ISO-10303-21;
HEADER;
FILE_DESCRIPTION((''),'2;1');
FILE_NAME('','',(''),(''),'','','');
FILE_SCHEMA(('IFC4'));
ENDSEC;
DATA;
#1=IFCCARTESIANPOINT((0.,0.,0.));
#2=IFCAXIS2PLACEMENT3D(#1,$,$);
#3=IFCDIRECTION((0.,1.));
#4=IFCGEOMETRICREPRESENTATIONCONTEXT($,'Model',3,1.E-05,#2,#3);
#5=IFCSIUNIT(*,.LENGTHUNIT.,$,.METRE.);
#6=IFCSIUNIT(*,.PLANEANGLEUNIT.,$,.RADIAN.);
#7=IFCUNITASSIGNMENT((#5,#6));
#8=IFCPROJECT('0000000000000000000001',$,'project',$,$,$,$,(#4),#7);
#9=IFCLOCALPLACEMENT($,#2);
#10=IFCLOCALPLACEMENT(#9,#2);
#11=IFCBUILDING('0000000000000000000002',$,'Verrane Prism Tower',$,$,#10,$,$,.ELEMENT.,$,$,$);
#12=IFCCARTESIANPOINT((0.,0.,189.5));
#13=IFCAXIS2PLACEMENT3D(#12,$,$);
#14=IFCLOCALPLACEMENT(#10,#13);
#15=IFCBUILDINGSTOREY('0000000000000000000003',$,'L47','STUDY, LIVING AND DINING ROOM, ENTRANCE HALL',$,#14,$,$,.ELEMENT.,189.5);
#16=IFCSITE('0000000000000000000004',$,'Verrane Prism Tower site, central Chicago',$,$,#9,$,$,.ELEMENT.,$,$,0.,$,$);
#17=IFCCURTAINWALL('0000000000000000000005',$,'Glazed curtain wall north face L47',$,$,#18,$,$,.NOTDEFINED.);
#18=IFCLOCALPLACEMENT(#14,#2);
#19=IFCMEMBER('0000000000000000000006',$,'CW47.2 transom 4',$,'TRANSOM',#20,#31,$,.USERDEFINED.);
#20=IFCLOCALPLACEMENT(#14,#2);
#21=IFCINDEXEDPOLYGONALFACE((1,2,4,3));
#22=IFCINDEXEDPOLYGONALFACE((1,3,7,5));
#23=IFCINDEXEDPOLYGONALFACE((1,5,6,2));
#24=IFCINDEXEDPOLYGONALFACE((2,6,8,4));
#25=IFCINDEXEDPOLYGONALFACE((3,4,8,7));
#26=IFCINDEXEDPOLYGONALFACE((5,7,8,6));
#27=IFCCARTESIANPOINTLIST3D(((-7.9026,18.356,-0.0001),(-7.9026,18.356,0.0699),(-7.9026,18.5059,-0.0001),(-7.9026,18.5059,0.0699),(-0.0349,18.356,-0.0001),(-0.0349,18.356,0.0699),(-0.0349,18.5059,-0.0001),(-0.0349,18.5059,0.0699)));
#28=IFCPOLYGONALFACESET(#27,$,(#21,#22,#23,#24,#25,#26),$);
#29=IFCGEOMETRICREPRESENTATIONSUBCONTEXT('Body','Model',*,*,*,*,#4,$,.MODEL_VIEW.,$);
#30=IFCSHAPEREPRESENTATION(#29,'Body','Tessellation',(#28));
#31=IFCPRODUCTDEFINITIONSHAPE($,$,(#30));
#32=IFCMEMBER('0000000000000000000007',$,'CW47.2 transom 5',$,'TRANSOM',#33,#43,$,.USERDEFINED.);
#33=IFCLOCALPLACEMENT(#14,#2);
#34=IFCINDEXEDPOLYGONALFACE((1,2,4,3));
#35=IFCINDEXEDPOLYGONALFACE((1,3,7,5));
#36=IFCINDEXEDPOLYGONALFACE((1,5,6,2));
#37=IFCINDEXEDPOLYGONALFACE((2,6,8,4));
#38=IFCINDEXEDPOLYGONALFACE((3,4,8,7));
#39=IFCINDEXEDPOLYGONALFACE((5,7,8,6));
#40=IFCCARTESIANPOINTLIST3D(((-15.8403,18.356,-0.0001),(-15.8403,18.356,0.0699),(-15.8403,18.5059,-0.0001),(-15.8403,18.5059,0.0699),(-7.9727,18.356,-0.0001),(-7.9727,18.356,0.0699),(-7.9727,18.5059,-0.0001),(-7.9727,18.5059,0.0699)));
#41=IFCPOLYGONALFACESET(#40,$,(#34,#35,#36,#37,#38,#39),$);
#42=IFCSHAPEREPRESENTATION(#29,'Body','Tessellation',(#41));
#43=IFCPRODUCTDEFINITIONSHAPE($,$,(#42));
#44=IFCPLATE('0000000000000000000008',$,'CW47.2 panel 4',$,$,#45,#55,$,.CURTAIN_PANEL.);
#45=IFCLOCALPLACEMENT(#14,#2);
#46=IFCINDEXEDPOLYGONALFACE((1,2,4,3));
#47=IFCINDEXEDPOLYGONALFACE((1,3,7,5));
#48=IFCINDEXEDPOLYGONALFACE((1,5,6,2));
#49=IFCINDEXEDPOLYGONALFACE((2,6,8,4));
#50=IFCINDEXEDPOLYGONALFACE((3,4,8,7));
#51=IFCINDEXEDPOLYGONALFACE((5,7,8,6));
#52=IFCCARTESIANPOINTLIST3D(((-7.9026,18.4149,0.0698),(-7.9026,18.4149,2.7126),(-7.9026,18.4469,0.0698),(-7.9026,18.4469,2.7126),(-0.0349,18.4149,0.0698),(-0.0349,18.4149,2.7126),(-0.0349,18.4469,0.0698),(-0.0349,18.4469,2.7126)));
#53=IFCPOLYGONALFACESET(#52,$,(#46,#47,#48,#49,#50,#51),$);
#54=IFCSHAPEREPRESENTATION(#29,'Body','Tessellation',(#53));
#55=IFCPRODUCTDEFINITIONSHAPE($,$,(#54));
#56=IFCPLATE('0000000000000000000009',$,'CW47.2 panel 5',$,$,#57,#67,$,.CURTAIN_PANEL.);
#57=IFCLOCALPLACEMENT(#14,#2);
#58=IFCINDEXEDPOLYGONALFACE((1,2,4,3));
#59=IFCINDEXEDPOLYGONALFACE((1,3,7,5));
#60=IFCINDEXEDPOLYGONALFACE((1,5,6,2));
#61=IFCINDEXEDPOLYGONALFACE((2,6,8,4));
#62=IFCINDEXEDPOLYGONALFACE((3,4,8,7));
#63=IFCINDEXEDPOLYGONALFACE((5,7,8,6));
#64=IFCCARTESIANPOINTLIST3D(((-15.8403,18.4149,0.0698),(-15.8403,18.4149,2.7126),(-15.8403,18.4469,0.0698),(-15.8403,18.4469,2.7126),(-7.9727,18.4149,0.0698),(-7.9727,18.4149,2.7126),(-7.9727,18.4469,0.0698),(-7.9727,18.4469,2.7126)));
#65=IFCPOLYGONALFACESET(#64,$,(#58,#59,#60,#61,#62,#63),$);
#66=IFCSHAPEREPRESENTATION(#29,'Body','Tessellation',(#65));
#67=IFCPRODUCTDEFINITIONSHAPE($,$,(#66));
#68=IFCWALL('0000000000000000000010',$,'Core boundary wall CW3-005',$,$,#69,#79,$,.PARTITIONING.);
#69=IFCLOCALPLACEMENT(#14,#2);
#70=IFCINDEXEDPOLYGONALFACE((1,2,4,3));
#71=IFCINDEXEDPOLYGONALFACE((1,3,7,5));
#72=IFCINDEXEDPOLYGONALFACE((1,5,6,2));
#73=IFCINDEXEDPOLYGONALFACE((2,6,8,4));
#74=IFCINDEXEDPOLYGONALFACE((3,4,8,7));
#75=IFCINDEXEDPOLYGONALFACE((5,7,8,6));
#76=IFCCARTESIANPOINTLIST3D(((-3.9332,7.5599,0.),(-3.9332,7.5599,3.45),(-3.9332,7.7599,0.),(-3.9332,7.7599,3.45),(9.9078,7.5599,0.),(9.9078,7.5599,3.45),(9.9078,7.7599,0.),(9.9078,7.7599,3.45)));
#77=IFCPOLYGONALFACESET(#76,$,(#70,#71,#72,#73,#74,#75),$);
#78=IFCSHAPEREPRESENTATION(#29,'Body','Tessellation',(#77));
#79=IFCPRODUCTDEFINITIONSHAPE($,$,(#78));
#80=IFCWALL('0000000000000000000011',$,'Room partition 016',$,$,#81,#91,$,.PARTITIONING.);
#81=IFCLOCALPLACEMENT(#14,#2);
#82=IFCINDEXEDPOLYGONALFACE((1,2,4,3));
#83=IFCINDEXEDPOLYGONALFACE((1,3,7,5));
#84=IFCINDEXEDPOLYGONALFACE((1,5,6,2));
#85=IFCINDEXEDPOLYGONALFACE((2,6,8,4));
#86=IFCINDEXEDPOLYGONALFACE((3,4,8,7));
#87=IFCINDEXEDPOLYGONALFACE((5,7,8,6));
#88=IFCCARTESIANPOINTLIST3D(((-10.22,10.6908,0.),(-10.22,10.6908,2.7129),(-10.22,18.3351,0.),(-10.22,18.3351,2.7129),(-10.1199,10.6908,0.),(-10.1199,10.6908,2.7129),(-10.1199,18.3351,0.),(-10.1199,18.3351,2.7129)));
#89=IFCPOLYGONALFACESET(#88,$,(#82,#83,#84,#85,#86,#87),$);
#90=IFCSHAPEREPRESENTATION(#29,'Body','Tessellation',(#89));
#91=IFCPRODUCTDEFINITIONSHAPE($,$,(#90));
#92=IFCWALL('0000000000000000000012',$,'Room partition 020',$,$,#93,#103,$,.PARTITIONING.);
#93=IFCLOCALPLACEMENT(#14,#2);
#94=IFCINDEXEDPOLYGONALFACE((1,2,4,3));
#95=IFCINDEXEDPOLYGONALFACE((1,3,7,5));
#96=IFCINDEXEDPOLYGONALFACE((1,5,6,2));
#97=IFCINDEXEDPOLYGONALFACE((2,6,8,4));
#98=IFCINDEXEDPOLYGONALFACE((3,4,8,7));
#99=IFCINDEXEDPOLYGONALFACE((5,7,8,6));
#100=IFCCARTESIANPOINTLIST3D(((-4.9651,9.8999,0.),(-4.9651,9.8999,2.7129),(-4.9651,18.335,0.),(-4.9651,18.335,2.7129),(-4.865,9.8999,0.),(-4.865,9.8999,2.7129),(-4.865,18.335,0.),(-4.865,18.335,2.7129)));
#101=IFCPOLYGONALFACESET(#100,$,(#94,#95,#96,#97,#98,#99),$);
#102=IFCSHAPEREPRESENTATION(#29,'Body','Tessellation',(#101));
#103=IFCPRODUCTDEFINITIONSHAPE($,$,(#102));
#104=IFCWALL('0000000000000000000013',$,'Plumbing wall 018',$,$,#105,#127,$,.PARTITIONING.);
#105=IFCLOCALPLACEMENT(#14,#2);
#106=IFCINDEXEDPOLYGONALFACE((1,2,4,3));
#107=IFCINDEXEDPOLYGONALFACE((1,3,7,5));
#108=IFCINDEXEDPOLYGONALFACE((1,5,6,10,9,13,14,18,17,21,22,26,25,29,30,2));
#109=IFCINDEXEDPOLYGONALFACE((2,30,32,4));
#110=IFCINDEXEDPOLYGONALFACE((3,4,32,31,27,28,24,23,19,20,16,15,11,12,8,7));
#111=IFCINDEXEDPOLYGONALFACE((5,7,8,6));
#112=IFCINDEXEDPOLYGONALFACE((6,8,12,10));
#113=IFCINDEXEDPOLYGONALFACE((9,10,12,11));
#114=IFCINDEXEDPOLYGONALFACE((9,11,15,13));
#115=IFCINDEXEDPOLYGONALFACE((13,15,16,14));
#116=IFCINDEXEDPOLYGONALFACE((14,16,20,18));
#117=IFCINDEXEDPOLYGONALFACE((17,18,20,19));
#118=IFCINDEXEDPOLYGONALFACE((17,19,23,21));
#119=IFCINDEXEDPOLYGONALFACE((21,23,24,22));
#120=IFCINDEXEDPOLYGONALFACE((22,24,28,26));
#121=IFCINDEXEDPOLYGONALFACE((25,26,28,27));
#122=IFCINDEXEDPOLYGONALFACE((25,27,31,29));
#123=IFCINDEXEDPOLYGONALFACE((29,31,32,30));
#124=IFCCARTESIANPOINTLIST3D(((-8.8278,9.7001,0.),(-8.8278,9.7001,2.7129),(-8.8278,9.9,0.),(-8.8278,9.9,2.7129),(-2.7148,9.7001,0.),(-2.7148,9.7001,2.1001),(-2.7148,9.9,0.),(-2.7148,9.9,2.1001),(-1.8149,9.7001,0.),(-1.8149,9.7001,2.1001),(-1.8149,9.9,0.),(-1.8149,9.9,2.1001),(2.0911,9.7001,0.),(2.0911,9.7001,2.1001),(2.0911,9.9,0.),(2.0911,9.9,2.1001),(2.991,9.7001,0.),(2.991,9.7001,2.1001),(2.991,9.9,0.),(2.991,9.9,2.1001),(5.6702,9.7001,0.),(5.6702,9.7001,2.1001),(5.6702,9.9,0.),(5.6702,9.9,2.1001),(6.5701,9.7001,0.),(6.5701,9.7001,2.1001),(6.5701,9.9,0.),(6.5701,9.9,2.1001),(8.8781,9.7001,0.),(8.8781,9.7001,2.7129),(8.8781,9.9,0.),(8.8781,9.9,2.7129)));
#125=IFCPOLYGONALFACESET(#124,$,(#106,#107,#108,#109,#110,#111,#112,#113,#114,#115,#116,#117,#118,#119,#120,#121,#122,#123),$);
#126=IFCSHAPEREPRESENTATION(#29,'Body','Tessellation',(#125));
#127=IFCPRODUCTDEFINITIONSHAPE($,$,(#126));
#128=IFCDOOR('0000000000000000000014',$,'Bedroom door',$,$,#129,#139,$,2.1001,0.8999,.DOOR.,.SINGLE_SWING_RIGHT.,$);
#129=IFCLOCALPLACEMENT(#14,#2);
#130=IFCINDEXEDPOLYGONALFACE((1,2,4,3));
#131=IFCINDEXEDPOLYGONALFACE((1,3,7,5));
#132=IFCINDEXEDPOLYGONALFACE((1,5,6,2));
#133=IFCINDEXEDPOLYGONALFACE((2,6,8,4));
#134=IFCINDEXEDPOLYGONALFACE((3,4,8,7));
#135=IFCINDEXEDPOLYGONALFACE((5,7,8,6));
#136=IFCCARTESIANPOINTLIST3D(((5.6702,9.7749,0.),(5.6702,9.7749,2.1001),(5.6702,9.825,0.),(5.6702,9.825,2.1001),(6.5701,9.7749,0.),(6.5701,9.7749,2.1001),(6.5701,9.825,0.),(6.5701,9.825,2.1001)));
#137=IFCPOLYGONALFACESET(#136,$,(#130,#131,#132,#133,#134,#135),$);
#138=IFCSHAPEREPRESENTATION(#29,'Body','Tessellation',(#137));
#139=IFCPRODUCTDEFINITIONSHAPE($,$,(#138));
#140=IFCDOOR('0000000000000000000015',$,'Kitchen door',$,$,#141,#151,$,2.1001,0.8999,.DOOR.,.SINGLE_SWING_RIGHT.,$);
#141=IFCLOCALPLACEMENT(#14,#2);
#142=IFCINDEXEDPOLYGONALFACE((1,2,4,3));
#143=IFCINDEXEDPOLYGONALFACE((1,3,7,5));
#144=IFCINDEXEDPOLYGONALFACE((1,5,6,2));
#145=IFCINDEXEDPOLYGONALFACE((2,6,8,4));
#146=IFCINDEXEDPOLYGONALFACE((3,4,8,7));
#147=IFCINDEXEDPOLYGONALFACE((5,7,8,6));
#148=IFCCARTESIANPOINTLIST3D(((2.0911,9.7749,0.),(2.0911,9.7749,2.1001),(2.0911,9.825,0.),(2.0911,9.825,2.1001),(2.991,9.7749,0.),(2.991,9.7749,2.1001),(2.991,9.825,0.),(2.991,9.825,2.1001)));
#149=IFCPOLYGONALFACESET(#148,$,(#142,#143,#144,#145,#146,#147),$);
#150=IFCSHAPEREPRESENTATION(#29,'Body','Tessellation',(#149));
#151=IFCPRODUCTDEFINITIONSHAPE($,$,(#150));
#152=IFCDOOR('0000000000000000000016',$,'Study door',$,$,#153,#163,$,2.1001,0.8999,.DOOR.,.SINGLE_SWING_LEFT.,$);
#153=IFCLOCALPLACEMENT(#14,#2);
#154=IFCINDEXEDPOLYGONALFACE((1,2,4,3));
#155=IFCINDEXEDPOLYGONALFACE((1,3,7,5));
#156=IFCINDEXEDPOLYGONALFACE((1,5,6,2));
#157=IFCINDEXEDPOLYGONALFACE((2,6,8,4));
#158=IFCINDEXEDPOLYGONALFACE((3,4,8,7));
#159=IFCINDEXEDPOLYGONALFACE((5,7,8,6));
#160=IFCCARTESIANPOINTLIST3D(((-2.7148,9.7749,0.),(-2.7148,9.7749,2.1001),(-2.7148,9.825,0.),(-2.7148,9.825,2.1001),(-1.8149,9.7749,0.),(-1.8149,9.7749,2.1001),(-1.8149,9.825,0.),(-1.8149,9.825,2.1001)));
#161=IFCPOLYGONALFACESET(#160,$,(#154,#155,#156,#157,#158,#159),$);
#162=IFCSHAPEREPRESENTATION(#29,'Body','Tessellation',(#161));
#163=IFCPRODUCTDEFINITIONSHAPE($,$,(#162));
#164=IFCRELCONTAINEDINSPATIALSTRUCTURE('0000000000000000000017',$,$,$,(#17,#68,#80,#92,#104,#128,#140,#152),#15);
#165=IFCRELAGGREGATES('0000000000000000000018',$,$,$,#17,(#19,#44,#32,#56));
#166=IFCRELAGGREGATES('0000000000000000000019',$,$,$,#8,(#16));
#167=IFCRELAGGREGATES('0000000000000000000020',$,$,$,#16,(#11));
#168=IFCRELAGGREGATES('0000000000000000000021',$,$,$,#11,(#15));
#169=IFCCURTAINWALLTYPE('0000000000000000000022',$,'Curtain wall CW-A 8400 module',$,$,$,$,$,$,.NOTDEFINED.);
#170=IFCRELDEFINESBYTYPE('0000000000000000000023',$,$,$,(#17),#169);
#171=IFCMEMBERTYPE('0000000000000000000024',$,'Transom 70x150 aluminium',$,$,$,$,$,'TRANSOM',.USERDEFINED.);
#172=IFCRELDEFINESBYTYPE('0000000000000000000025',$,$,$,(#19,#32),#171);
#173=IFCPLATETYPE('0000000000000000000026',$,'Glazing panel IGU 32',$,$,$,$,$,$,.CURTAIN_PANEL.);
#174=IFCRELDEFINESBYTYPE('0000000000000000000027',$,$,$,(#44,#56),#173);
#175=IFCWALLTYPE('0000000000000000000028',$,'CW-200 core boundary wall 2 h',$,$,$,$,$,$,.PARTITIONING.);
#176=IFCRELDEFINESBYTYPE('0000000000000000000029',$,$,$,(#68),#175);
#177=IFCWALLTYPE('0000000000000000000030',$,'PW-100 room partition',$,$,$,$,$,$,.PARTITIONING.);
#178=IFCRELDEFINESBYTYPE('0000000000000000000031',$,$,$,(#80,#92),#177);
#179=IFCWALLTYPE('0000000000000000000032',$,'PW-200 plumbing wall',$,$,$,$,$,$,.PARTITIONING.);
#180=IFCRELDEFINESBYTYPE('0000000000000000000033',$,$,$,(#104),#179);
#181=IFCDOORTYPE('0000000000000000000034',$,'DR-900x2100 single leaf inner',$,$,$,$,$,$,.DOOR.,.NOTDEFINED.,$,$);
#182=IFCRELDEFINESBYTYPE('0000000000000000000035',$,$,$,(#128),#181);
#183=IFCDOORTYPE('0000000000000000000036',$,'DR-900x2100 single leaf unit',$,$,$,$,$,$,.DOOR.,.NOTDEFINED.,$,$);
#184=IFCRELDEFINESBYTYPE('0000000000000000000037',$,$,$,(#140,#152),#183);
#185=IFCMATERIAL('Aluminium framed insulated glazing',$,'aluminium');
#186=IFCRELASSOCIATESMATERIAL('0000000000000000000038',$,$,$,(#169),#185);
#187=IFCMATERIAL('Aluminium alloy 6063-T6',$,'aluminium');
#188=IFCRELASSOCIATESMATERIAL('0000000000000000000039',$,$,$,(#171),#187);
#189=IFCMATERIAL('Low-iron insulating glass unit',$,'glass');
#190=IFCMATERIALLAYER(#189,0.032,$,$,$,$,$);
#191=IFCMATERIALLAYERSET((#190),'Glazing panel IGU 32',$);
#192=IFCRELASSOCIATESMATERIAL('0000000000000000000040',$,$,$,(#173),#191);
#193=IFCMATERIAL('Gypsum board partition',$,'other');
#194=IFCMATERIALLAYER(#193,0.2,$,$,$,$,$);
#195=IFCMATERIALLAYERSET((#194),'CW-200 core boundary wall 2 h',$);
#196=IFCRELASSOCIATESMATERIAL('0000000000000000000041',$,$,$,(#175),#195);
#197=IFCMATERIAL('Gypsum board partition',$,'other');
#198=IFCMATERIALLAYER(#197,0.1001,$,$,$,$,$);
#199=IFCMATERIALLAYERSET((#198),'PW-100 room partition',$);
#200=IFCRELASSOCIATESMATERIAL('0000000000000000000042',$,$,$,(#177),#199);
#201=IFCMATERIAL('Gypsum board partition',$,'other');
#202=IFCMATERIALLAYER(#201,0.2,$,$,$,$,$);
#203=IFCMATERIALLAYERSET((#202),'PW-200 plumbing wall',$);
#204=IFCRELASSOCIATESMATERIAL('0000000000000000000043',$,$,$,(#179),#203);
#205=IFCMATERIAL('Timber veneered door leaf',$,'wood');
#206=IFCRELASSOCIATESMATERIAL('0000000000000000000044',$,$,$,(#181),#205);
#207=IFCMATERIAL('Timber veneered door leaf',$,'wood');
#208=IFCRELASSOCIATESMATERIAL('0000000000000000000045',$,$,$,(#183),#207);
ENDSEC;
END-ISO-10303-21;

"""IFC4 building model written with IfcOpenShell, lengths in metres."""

from ifc_helpers import new_model, si_unit, direction, frame, frame_2d, origin, origin_2d, place, context, subcontext, project, spatial, rectangle, extrude, material, layer, layer_set, material_profile, profile_set, type_object, element, fill, aggregate, save


model = new_model("IFC4")

# Units and contexts
model_context = context("Model", 3, precision=1e-05, world=origin(), true_north=direction((0.0, 1.0)))
body_context = subcontext(model_context, "Body", "Model", "MODEL_VIEW")
ifc_project = project(units=[si_unit("LENGTHUNIT", "METRE"), si_unit("PLANEANGLEUNIT", "RADIAN")], contexts=[model_context])

# Site, building, storey
site_placement = place(None, origin())
site = spatial("IfcSite", under=ifc_project, at=site_placement, Name="Verrane Prism Tower site, central Chicago", CompositionType="ELEMENT", RefElevation=0.0)
building_placement = place(site_placement, origin())
building = spatial("IfcBuilding", under=site, at=building_placement, Name="Verrane Prism Tower", CompositionType="ELEMENT")
storey_placement = place(building_placement, frame((0.0, 0.0, 189.5)))
storey = spatial("IfcBuildingStorey", under=building, at=storey_placement, Name="L47", Description="STUDY, LIVING AND DINING ROOM, ENTRANCE HALL", CompositionType="ELEMENT", Elevation=189.5)

# Curtain wall
ifc_material_1 = material(Name="Aluminium framed insulated glazing", Category="aluminium")
curtain_wall_type = type_object("IfcCurtainWallType", Name="Curtain wall CW-A 8400 module", PredefinedType="NOTDEFINED", material=ifc_material_1)
curtain_wall_placement = place(storey_placement, origin())
curtain_wall = element("IfcCurtainWall", 1, at=curtain_wall_placement, inside=storey, type_object=curtain_wall_type, Name="Glazed curtain wall north face L47", PredefinedType="NOTDEFINED")

# Members
ifc_material_2 = material(Name="Aluminium alloy 6063-T6", Category="aluminium")
ifc_material_profile_1 = material_profile(ifc_material_2, rectangle(XDim=0.1499, YDim=0.0701, at=origin_2d()), Name="Transom 70x150 aluminium")
ifc_profile_set_1 = profile_set([ifc_material_profile_1], Name="Aluminium alloy 6063-T6")
member_type_1 = type_object("IfcMemberType", Name="Transom 70x150 aluminium", ElementType="TRANSOM", PredefinedType="USERDEFINED", material=ifc_profile_set_1)
member_1_placement = place(storey_placement, frame((-0.0349, 18.4309, 0.0349), z_axis=(-1.0, 0.0, 0.0), x_axis=(0.0, -1.0, 0.0)))
member_1 = element("IfcMember", 2, at=member_1_placement, type_object=member_type_1, Name="CW47.2 transom 4", ObjectType="TRANSOM", PredefinedType="USERDEFINED", context=body_context, shape_type="SweptSolid", body=[
    extrude(rectangle(XDim=0.1499, YDim=0.0701, at=origin_2d()), origin(), (0.0, 0.0, 1.0), 7.8677),
])
member_2_placement = place(storey_placement, frame((-7.9727, 18.4309, 0.0349), z_axis=(-1.0, 0.0, 0.0), x_axis=(0.0, -1.0, 0.0)))
member_2 = element("IfcMember", 3, at=member_2_placement, type_object=member_type_1, Name="CW47.2 transom 5", ObjectType="TRANSOM", PredefinedType="USERDEFINED", context=body_context, shape_type="SweptSolid", body=[
    extrude(rectangle(XDim=0.1499, YDim=0.0701, at=origin_2d()), origin(), (0.0, 0.0, 1.0), 7.8677),
])

# Plates
ifc_material_3 = material(Name="Low-iron insulating glass unit", Category="glass")
ifc_layer_1 = layer(ifc_material_3, 0.032)
ifc_layer_set_1 = layer_set([ifc_layer_1], Name="Glazing panel IGU 32")
plate_type = type_object("IfcPlateType", Name="Glazing panel IGU 32", PredefinedType="CURTAIN_PANEL", material=ifc_layer_set_1)
plate_1_placement = place(storey_placement, frame((-3.9688, 18.4309, 0.0698), z_axis=(0.0, 0.0, 1.0), x_axis=(-1.0, 0.0, 0.0)))
plate_1 = element("IfcPlate", 4, at=plate_1_placement, type_object=plate_type, Name="CW47.2 panel 4", PredefinedType="CURTAIN_PANEL", context=body_context, shape_type="SweptSolid", body=[
    extrude(rectangle(XDim=7.8677, YDim=0.032, at=origin_2d()), origin(), (0.0, 0.0, 1.0), 2.6428),
])
plate_2_placement = place(storey_placement, frame((-11.9065, 18.4309, 0.0698), z_axis=(0.0, 0.0, 1.0), x_axis=(-1.0, 0.0, 0.0)))
plate_2 = element("IfcPlate", 5, at=plate_2_placement, type_object=plate_type, Name="CW47.2 panel 5", PredefinedType="CURTAIN_PANEL", context=body_context, shape_type="SweptSolid", body=[
    extrude(rectangle(XDim=7.8677, YDim=0.032, at=origin_2d()), origin(), (0.0, 0.0, 1.0), 2.6428),
])
aggregate(curtain_wall, [member_1, plate_1, member_2, plate_2])

# Walls
ifc_material_4 = material(Name="Gypsum board partition", Category="other")
ifc_layer_2 = layer(ifc_material_4, 0.2)
ifc_layer_set_2 = layer_set([ifc_layer_2], Name="CW-200 core boundary wall 2 h")
wall_type_1 = type_object("IfcWallType", Name="CW-200 core boundary wall 2 h", PredefinedType="PARTITIONING", material=ifc_layer_set_2)
wall_1_placement = place(storey_placement, frame((-3.9331, 7.6599, 0.0), z_axis=(0.0, 0.0, 1.0), x_axis=(1.0, 0.0, 0.0)))
element("IfcWall", 6, at=wall_1_placement, inside=storey, type_object=wall_type_1, Name="Core boundary wall CW3-005", PredefinedType="PARTITIONING", context=body_context, shape_type="SweptSolid", body=[
    extrude(rectangle(XDim=13.8411, YDim=0.2, at=frame_2d((6.9204, 0.0))), origin(), (0.0, 0.0, 1.0), 3.45),
])
ifc_material_5 = material(Name="Gypsum board partition", Category="other")
ifc_layer_3 = layer(ifc_material_5, 0.1001)
ifc_layer_set_3 = layer_set([ifc_layer_3], Name="PW-100 room partition")
wall_type_2 = type_object("IfcWallType", Name="PW-100 room partition", PredefinedType="PARTITIONING", material=ifc_layer_set_3)
wall_2_placement = place(storey_placement, frame((-10.1699, 10.6907, 0.0), z_axis=(0.0, 0.0, 1.0), x_axis=(0.0, 1.0, 0.0)))
element("IfcWall", 7, at=wall_2_placement, inside=storey, type_object=wall_type_2, Name="Room partition 016", PredefinedType="PARTITIONING", context=body_context, shape_type="SweptSolid", body=[
    extrude(rectangle(XDim=7.6443, YDim=0.1001, at=frame_2d((3.8223, 0.0))), origin(), (0.0, 0.0, 1.0), 2.7129),
])
wall_3_placement = place(storey_placement, frame((-4.915, 9.8999, 0.0), z_axis=(0.0, 0.0, 1.0), x_axis=(0.0, 1.0, 0.0)))
element("IfcWall", 8, at=wall_3_placement, inside=storey, type_object=wall_type_2, Name="Room partition 020", PredefinedType="PARTITIONING", context=body_context, shape_type="SweptSolid", body=[
    extrude(rectangle(XDim=8.4351, YDim=0.1001, at=frame_2d((4.2175, 0.0))), origin(), (0.0, 0.0, 1.0), 2.7129),
])

# Wall, openings, doors
ifc_material_6 = material(Name="Gypsum board partition", Category="other")
ifc_layer_4 = layer(ifc_material_6, 0.2)
ifc_layer_set_4 = layer_set([ifc_layer_4], Name="PW-200 plumbing wall")
wall_type_3 = type_object("IfcWallType", Name="PW-200 plumbing wall", PredefinedType="PARTITIONING", material=ifc_layer_set_4)
wall_4_placement = place(storey_placement, frame((-8.8279, 9.8, 0.0), z_axis=(0.0, 0.0, 1.0), x_axis=(1.0, 0.0, 0.0)))
wall_4 = element("IfcWall", 9, at=wall_4_placement, inside=storey, type_object=wall_type_3, Name="Plumbing wall 018", PredefinedType="PARTITIONING", context=body_context, shape_type="SweptSolid", body=[
    extrude(rectangle(XDim=17.7058, YDim=0.2, at=frame_2d((8.853, 0.0))), origin(), (0.0, 0.0, 1.0), 2.7129),
])
opening_1_placement = place(wall_4_placement, frame((14.498, 0.0, 0.0)))
opening_1 = element("IfcOpeningElement", 10, at=opening_1_placement, cuts=wall_4, PredefinedType="OPENING", context=body_context, shape_type="SweptSolid", body=[
    extrude(rectangle(XDim=0.8999, YDim=2.1001, at=frame_2d((0.45, 1.05))), frame((0.0, 0.1099, 0.0), z_axis=(0.0, -1.0, 0.0), x_axis=(1.0, 0.0, 0.0)), (0.0, 0.0, 1.0), 0.22),
])
opening_2_placement = place(wall_4_placement, frame((10.9189, 0.0, 0.0)))
opening_2 = element("IfcOpeningElement", 11, at=opening_2_placement, cuts=wall_4, PredefinedType="OPENING", context=body_context, shape_type="SweptSolid", body=[
    extrude(rectangle(XDim=0.8999, YDim=2.1001, at=frame_2d((0.45, 1.05))), frame((0.0, 0.1099, 0.0), z_axis=(0.0, -1.0, 0.0), x_axis=(1.0, 0.0, 0.0)), (0.0, 0.0, 1.0), 0.22),
])
opening_3_placement = place(wall_4_placement, frame((6.113, 0.0, 0.0)))
opening_3 = element("IfcOpeningElement", 12, at=opening_3_placement, cuts=wall_4, PredefinedType="OPENING", context=body_context, shape_type="SweptSolid", body=[
    extrude(rectangle(XDim=0.8999, YDim=2.1001, at=frame_2d((0.45, 1.05))), frame((0.0, 0.1099, 0.0), z_axis=(0.0, -1.0, 0.0), x_axis=(1.0, 0.0, 0.0)), (0.0, 0.0, 1.0), 0.22),
])
ifc_material_7 = material(Name="Timber veneered door leaf", Category="wood")
door_type_1 = type_object("IfcDoorType", Name="DR-900x2100 single leaf inner", OperationType="NOTDEFINED", PredefinedType="DOOR", material=ifc_material_7)
door_1_placement = place(opening_1_placement, origin())
door_1 = element("IfcDoor", 13, at=door_1_placement, inside=storey, type_object=door_type_1, Name="Bedroom door", OperationType="SINGLE_SWING_RIGHT", OverallHeight=2.1001, OverallWidth=0.8999, PredefinedType="DOOR", context=body_context, shape_type="SweptSolid", body=[
    extrude(rectangle(XDim=0.8999, YDim=2.1001, at=frame_2d((0.45, 1.05))), frame((0.0, 0.0249, 0.0), z_axis=(0.0, -1.0, 0.0), x_axis=(1.0, 0.0, 0.0)), (0.0, 0.0, 1.0), 0.05),
])
fill(opening_1, door_1)
ifc_material_8 = material(Name="Timber veneered door leaf", Category="wood")
door_type_2 = type_object("IfcDoorType", Name="DR-900x2100 single leaf unit", OperationType="NOTDEFINED", PredefinedType="DOOR", material=ifc_material_8)
door_2_placement = place(opening_2_placement, origin())
door_2 = element("IfcDoor", 14, at=door_2_placement, inside=storey, type_object=door_type_2, Name="Kitchen door", OperationType="SINGLE_SWING_RIGHT", OverallHeight=2.1001, OverallWidth=0.8999, PredefinedType="DOOR", context=body_context, shape_type="SweptSolid", body=[
    extrude(rectangle(XDim=0.8999, YDim=2.1001, at=frame_2d((0.45, 1.05))), frame((0.0, 0.0249, 0.0), z_axis=(0.0, -1.0, 0.0), x_axis=(1.0, 0.0, 0.0)), (0.0, 0.0, 1.0), 0.05),
])
fill(opening_2, door_2)
door_3_placement = place(opening_3_placement, origin())
door_3 = element("IfcDoor", 15, at=door_3_placement, inside=storey, type_object=door_type_2, Name="Study door", OperationType="SINGLE_SWING_LEFT", OverallHeight=2.1001, OverallWidth=0.8999, PredefinedType="DOOR", context=body_context, shape_type="SweptSolid", body=[
    extrude(rectangle(XDim=0.8999, YDim=2.1001, at=frame_2d((0.45, 1.05))), frame((0.0, 0.0249, 0.0), z_axis=(0.0, -1.0, 0.0), x_axis=(1.0, 0.0, 0.0)), (0.0, 0.0, 1.0), 0.05),
])
fill(opening_3, door_3)

save(model, "model.ifc")
